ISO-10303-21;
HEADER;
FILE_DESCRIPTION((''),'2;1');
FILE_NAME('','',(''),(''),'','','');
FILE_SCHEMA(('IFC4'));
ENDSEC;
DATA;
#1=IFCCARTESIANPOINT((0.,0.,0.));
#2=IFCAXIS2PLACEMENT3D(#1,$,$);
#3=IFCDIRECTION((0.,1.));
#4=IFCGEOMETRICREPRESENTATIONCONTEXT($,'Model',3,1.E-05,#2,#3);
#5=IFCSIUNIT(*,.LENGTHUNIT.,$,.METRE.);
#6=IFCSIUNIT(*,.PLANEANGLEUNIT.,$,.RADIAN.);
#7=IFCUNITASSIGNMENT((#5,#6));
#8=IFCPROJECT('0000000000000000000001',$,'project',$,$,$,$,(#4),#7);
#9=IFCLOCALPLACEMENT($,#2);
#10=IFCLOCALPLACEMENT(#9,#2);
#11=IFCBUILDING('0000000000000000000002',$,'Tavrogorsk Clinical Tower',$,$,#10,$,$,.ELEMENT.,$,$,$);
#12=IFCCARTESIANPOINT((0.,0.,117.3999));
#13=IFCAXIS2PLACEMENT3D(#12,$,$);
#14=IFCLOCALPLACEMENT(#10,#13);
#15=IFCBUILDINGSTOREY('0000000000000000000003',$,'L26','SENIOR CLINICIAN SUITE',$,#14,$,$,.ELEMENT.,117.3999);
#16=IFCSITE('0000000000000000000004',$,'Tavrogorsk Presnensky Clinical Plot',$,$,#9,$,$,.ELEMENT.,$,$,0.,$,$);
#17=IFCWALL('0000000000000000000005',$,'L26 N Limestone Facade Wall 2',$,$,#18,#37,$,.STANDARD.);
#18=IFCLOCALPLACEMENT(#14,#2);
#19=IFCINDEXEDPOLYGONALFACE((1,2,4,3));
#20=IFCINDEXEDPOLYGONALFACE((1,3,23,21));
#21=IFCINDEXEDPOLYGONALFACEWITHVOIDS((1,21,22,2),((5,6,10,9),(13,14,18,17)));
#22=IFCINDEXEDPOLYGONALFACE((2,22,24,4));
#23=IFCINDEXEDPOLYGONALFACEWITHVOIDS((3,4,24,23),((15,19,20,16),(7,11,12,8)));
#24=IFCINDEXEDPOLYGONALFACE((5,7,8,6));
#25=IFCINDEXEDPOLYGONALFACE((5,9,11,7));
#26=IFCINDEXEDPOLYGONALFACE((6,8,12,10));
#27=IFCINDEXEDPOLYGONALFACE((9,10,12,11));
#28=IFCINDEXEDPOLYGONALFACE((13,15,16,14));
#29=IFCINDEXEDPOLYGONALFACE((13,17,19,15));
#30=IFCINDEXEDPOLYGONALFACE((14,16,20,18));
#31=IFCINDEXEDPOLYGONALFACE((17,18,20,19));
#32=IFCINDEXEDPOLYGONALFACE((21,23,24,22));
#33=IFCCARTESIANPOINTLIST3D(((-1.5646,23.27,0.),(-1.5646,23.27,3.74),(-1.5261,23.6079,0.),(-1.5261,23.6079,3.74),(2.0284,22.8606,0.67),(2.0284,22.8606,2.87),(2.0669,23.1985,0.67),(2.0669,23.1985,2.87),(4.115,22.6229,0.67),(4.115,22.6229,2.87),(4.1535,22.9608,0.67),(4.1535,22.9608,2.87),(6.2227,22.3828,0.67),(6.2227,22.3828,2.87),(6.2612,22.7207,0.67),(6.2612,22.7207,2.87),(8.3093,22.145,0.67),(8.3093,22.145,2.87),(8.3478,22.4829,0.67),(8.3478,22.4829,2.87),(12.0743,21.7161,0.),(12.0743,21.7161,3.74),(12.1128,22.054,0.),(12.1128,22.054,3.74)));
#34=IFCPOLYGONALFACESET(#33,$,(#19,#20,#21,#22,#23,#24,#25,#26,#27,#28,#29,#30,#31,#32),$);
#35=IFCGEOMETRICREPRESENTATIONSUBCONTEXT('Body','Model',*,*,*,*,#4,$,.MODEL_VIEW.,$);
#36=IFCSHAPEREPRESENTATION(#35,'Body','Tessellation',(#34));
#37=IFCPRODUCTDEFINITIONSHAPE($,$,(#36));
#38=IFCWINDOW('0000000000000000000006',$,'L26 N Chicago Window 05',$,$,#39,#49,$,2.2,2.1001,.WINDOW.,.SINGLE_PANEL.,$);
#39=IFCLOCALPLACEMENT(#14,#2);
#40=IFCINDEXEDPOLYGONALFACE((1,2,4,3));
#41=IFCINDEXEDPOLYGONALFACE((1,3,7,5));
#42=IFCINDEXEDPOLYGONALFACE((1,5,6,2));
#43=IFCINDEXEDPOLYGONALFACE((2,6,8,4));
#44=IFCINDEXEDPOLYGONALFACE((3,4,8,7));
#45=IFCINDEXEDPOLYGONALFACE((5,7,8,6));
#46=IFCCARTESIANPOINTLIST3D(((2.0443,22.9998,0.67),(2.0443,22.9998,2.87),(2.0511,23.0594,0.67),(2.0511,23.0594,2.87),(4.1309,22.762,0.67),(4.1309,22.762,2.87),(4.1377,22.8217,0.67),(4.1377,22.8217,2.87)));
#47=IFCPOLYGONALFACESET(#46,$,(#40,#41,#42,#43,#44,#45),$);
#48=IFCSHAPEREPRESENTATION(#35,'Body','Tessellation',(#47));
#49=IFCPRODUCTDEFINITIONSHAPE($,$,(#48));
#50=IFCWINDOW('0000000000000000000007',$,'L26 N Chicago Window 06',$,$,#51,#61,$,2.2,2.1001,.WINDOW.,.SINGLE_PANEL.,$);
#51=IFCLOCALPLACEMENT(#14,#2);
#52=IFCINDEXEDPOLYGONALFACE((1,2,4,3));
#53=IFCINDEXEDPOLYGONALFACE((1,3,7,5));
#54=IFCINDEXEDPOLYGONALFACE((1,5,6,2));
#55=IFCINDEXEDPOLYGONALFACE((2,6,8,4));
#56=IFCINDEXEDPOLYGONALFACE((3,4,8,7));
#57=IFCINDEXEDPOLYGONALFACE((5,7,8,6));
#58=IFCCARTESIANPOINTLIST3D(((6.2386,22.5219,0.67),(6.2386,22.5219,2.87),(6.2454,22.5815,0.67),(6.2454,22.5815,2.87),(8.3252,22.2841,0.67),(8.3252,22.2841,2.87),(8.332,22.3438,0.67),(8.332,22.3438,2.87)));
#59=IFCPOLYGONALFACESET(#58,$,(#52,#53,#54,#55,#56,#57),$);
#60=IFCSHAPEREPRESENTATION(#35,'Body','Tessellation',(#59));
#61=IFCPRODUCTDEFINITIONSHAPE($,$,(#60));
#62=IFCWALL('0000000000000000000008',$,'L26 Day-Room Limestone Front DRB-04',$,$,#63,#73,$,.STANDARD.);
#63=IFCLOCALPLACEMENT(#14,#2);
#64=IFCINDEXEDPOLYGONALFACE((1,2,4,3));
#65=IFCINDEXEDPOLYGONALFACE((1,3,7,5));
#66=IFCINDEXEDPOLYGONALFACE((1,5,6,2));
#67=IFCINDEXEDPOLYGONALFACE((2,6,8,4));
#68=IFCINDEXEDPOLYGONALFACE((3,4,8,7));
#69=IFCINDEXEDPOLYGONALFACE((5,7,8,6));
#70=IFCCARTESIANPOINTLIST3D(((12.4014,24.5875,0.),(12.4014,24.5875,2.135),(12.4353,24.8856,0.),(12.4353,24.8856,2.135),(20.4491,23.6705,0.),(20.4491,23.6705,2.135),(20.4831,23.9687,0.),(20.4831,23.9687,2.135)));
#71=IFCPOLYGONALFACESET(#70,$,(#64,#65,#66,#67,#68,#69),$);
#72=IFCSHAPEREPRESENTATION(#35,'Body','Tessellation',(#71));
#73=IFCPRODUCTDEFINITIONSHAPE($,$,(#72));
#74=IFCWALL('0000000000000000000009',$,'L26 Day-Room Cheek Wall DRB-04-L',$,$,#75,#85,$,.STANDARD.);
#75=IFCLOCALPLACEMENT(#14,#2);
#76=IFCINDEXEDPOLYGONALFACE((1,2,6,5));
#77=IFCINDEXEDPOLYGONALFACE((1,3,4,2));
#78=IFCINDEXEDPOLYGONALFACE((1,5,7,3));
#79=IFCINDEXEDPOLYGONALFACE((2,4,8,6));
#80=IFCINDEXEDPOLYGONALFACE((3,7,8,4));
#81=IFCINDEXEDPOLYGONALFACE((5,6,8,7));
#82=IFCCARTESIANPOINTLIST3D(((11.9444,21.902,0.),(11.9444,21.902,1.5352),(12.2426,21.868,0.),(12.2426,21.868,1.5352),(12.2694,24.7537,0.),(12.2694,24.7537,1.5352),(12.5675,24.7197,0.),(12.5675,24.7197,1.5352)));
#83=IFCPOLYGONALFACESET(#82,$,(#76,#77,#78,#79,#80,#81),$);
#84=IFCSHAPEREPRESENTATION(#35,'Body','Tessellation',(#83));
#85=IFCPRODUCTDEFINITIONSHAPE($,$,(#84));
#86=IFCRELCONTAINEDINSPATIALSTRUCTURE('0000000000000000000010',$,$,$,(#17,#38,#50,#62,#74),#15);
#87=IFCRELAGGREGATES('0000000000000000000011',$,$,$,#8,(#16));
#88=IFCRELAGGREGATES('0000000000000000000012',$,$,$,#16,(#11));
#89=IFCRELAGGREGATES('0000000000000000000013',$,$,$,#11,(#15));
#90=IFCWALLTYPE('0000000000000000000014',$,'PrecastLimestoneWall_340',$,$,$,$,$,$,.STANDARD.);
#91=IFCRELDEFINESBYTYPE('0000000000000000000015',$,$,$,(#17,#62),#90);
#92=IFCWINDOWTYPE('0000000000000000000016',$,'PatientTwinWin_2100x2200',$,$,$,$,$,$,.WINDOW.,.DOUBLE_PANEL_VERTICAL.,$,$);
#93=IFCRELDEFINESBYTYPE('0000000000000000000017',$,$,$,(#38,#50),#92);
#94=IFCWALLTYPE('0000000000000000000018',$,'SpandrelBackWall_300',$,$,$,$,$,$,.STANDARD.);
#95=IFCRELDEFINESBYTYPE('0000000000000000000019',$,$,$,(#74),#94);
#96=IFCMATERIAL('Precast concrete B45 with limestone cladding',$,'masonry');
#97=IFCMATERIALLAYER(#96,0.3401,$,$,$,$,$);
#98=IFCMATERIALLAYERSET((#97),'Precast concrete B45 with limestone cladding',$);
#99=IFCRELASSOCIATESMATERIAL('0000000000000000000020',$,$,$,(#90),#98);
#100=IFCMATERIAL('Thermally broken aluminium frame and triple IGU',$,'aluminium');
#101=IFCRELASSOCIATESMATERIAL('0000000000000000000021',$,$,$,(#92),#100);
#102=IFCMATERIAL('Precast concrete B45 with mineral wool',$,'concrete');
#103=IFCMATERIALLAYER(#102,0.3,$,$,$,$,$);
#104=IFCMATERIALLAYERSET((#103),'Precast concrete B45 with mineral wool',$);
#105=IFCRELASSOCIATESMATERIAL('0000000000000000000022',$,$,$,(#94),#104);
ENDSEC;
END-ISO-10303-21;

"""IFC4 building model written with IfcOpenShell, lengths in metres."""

from ifc_helpers import new_model, si_unit, direction, frame, frame_2d, origin, place, context, subcontext, project, spatial, rectangle, extrude, material, layer, layer_set, type_object, element, fill, save


model = new_model("IFC4")

# Units and contexts
model_context = context("Model", 3, precision=1e-05, world=origin(), true_north=direction((0.0, 1.0)))
body_context = subcontext(model_context, "Body", "Model", "MODEL_VIEW")
ifc_project = project(units=[si_unit("LENGTHUNIT", "METRE"), si_unit("PLANEANGLEUNIT", "RADIAN")], contexts=[model_context])

# Site, building, storey
site_placement = place(None, origin())
site = spatial("IfcSite", under=ifc_project, at=site_placement, Name="Tavrogorsk Presnensky Clinical Plot", CompositionType="ELEMENT", RefElevation=0.0)
building_placement = place(site_placement, origin())
building = spatial("IfcBuilding", under=site, at=building_placement, Name="Tavrogorsk Clinical Tower", CompositionType="ELEMENT")
storey_placement = place(building_placement, frame((0.0, 0.0, 117.3999)))
storey = spatial("IfcBuildingStorey", under=building, at=storey_placement, Name="L26", Description="SENIOR CLINICIAN SUITE", CompositionType="ELEMENT", Elevation=117.3999)

# Wall, openings, windows
ifc_material_1 = material(Name="Precast concrete B45 with limestone cladding", Category="masonry")
ifc_layer_1 = layer(ifc_material_1, 0.3401)
ifc_layer_set_1 = layer_set([ifc_layer_1], Name="Precast concrete B45 with limestone cladding")
wall_type_1 = type_object("IfcWallType", Name="PrecastLimestoneWall_340", PredefinedType="STANDARD", material=ifc_layer_set_1)
wall_1_placement = place(storey_placement, frame((12.0935, 21.885, 0.0), z_axis=(0.0, 0.0, 1.0), x_axis=(-0.993572, 0.113203, 0.0)))
wall_1 = element("IfcWall", 1, at=wall_1_placement, inside=storey, type_object=wall_type_1, Name="L26 N Limestone Facade Wall 2", PredefinedType="STANDARD", context=body_context, shape_type="SweptSolid", body=[
    extrude(rectangle(XDim=13.7271, YDim=0.3401, at=frame_2d((6.8635, 0.0))), origin(), (0.0, 0.0, 1.0), 3.74),
])
opening_1_placement = place(wall_1_placement, frame((8.0107, 0.0, 0.6699)))
opening_1 = element("IfcOpeningElement", 2, at=opening_1_placement, cuts=wall_1, PredefinedType="OPENING", context=body_context, shape_type="SweptSolid", body=[
    extrude(rectangle(XDim=2.1001, YDim=2.2, at=frame_2d((1.05, 1.1001))), frame((0.0, 0.1799, 0.0), z_axis=(0.0, -1.0, 0.0), x_axis=(1.0, 0.0, 0.0)), (0.0, 0.0, 1.0), 0.3601),
])
opening_2_placement = place(wall_1_placement, frame((3.7893, 0.0, 0.6699)))
opening_2 = element("IfcOpeningElement", 3, at=opening_2_placement, cuts=wall_1, PredefinedType="OPENING", context=body_context, shape_type="SweptSolid", body=[
    extrude(rectangle(XDim=2.1001, YDim=2.2, at=frame_2d((1.05, 1.1001))), frame((0.0, 0.1799, 0.0), z_axis=(0.0, -1.0, 0.0), x_axis=(1.0, 0.0, 0.0)), (0.0, 0.0, 1.0), 0.3601),
])
ifc_material_2 = material(Name="Thermally broken aluminium frame and triple IGU", Category="aluminium")
window_type = type_object("IfcWindowType", Name="PatientTwinWin_2100x2200", PartitioningType="DOUBLE_PANEL_VERTICAL", PredefinedType="WINDOW", material=ifc_material_2)
window_1_placement = place(opening_1_placement, origin())
window_1 = element("IfcWindow", 4, at=window_1_placement, inside=storey, type_object=window_type, Name="L26 N Chicago Window 05", OverallHeight=2.2, OverallWidth=2.1001, PartitioningType="SINGLE_PANEL", PredefinedType="WINDOW", context=body_context, shape_type="SweptSolid", body=[
    extrude(rectangle(XDim=2.1001, YDim=2.2, at=frame_2d((1.05, 1.1001))), frame((0.0, 0.03, 0.0), z_axis=(0.0, -1.0, 0.0), x_axis=(1.0, 0.0, 0.0)), (0.0, 0.0, 1.0), 0.0601),
])
fill(opening_1, window_1)
window_2_placement = place(opening_2_placement, origin())
window_2 = element("IfcWindow", 5, at=window_2_placement, inside=storey, type_object=window_type, Name="L26 N Chicago Window 06", OverallHeight=2.2, OverallWidth=2.1001, PartitioningType="SINGLE_PANEL", PredefinedType="WINDOW", context=body_context, shape_type="SweptSolid", body=[
    extrude(rectangle(XDim=2.1001, YDim=2.2, at=frame_2d((1.05, 1.1001))), frame((0.0, 0.03, 0.0), z_axis=(0.0, -1.0, 0.0), x_axis=(1.0, 0.0, 0.0)), (0.0, 0.0, 1.0), 0.0601),
])
fill(opening_2, window_2)

# Walls
wall_2_placement = place(storey_placement, frame((12.4185, 24.7366, 0.0), z_axis=(0.0, 0.0, 1.0), x_axis=(0.993571, -0.11321, 0.0)))
element("IfcWall", 6, at=wall_2_placement, inside=storey, type_object=wall_type_1, Name="L26 Day-Room Limestone Front DRB-04", PredefinedType="STANDARD", context=body_context, shape_type="SweptSolid", body=[
    extrude(rectangle(XDim=8.0999, YDim=0.3, at=frame_2d((4.0498, 0.0))), origin(), (0.0, 0.0, 1.0), 2.135),
])
ifc_material_3 = material(Name="Precast concrete B45 with mineral wool", Category="concrete")
ifc_layer_2 = layer(ifc_material_3, 0.3)
ifc_layer_set_2 = layer_set([ifc_layer_2], Name="Precast concrete B45 with mineral wool")
wall_type_2 = type_object("IfcWallType", Name="SpandrelBackWall_300", PredefinedType="STANDARD", material=ifc_layer_set_2)
wall_3_placement = place(storey_placement, frame((12.0935, 21.885, 0.0), z_axis=(0.0, 0.0, 1.0), x_axis=(0.113223, 0.99357, 0.0)))
element("IfcWall", 7, at=wall_3_placement, inside=storey, type_object=wall_type_2, Name="L26 Day-Room Cheek Wall DRB-04-L", PredefinedType="STANDARD", context=body_context, shape_type="SweptSolid", body=[
    extrude(rectangle(XDim=2.8701, YDim=0.3, at=frame_2d((1.4351, 0.0))), origin(), (0.0, 0.0, 1.0), 1.5352),
])

save(model, "model.ifc")
